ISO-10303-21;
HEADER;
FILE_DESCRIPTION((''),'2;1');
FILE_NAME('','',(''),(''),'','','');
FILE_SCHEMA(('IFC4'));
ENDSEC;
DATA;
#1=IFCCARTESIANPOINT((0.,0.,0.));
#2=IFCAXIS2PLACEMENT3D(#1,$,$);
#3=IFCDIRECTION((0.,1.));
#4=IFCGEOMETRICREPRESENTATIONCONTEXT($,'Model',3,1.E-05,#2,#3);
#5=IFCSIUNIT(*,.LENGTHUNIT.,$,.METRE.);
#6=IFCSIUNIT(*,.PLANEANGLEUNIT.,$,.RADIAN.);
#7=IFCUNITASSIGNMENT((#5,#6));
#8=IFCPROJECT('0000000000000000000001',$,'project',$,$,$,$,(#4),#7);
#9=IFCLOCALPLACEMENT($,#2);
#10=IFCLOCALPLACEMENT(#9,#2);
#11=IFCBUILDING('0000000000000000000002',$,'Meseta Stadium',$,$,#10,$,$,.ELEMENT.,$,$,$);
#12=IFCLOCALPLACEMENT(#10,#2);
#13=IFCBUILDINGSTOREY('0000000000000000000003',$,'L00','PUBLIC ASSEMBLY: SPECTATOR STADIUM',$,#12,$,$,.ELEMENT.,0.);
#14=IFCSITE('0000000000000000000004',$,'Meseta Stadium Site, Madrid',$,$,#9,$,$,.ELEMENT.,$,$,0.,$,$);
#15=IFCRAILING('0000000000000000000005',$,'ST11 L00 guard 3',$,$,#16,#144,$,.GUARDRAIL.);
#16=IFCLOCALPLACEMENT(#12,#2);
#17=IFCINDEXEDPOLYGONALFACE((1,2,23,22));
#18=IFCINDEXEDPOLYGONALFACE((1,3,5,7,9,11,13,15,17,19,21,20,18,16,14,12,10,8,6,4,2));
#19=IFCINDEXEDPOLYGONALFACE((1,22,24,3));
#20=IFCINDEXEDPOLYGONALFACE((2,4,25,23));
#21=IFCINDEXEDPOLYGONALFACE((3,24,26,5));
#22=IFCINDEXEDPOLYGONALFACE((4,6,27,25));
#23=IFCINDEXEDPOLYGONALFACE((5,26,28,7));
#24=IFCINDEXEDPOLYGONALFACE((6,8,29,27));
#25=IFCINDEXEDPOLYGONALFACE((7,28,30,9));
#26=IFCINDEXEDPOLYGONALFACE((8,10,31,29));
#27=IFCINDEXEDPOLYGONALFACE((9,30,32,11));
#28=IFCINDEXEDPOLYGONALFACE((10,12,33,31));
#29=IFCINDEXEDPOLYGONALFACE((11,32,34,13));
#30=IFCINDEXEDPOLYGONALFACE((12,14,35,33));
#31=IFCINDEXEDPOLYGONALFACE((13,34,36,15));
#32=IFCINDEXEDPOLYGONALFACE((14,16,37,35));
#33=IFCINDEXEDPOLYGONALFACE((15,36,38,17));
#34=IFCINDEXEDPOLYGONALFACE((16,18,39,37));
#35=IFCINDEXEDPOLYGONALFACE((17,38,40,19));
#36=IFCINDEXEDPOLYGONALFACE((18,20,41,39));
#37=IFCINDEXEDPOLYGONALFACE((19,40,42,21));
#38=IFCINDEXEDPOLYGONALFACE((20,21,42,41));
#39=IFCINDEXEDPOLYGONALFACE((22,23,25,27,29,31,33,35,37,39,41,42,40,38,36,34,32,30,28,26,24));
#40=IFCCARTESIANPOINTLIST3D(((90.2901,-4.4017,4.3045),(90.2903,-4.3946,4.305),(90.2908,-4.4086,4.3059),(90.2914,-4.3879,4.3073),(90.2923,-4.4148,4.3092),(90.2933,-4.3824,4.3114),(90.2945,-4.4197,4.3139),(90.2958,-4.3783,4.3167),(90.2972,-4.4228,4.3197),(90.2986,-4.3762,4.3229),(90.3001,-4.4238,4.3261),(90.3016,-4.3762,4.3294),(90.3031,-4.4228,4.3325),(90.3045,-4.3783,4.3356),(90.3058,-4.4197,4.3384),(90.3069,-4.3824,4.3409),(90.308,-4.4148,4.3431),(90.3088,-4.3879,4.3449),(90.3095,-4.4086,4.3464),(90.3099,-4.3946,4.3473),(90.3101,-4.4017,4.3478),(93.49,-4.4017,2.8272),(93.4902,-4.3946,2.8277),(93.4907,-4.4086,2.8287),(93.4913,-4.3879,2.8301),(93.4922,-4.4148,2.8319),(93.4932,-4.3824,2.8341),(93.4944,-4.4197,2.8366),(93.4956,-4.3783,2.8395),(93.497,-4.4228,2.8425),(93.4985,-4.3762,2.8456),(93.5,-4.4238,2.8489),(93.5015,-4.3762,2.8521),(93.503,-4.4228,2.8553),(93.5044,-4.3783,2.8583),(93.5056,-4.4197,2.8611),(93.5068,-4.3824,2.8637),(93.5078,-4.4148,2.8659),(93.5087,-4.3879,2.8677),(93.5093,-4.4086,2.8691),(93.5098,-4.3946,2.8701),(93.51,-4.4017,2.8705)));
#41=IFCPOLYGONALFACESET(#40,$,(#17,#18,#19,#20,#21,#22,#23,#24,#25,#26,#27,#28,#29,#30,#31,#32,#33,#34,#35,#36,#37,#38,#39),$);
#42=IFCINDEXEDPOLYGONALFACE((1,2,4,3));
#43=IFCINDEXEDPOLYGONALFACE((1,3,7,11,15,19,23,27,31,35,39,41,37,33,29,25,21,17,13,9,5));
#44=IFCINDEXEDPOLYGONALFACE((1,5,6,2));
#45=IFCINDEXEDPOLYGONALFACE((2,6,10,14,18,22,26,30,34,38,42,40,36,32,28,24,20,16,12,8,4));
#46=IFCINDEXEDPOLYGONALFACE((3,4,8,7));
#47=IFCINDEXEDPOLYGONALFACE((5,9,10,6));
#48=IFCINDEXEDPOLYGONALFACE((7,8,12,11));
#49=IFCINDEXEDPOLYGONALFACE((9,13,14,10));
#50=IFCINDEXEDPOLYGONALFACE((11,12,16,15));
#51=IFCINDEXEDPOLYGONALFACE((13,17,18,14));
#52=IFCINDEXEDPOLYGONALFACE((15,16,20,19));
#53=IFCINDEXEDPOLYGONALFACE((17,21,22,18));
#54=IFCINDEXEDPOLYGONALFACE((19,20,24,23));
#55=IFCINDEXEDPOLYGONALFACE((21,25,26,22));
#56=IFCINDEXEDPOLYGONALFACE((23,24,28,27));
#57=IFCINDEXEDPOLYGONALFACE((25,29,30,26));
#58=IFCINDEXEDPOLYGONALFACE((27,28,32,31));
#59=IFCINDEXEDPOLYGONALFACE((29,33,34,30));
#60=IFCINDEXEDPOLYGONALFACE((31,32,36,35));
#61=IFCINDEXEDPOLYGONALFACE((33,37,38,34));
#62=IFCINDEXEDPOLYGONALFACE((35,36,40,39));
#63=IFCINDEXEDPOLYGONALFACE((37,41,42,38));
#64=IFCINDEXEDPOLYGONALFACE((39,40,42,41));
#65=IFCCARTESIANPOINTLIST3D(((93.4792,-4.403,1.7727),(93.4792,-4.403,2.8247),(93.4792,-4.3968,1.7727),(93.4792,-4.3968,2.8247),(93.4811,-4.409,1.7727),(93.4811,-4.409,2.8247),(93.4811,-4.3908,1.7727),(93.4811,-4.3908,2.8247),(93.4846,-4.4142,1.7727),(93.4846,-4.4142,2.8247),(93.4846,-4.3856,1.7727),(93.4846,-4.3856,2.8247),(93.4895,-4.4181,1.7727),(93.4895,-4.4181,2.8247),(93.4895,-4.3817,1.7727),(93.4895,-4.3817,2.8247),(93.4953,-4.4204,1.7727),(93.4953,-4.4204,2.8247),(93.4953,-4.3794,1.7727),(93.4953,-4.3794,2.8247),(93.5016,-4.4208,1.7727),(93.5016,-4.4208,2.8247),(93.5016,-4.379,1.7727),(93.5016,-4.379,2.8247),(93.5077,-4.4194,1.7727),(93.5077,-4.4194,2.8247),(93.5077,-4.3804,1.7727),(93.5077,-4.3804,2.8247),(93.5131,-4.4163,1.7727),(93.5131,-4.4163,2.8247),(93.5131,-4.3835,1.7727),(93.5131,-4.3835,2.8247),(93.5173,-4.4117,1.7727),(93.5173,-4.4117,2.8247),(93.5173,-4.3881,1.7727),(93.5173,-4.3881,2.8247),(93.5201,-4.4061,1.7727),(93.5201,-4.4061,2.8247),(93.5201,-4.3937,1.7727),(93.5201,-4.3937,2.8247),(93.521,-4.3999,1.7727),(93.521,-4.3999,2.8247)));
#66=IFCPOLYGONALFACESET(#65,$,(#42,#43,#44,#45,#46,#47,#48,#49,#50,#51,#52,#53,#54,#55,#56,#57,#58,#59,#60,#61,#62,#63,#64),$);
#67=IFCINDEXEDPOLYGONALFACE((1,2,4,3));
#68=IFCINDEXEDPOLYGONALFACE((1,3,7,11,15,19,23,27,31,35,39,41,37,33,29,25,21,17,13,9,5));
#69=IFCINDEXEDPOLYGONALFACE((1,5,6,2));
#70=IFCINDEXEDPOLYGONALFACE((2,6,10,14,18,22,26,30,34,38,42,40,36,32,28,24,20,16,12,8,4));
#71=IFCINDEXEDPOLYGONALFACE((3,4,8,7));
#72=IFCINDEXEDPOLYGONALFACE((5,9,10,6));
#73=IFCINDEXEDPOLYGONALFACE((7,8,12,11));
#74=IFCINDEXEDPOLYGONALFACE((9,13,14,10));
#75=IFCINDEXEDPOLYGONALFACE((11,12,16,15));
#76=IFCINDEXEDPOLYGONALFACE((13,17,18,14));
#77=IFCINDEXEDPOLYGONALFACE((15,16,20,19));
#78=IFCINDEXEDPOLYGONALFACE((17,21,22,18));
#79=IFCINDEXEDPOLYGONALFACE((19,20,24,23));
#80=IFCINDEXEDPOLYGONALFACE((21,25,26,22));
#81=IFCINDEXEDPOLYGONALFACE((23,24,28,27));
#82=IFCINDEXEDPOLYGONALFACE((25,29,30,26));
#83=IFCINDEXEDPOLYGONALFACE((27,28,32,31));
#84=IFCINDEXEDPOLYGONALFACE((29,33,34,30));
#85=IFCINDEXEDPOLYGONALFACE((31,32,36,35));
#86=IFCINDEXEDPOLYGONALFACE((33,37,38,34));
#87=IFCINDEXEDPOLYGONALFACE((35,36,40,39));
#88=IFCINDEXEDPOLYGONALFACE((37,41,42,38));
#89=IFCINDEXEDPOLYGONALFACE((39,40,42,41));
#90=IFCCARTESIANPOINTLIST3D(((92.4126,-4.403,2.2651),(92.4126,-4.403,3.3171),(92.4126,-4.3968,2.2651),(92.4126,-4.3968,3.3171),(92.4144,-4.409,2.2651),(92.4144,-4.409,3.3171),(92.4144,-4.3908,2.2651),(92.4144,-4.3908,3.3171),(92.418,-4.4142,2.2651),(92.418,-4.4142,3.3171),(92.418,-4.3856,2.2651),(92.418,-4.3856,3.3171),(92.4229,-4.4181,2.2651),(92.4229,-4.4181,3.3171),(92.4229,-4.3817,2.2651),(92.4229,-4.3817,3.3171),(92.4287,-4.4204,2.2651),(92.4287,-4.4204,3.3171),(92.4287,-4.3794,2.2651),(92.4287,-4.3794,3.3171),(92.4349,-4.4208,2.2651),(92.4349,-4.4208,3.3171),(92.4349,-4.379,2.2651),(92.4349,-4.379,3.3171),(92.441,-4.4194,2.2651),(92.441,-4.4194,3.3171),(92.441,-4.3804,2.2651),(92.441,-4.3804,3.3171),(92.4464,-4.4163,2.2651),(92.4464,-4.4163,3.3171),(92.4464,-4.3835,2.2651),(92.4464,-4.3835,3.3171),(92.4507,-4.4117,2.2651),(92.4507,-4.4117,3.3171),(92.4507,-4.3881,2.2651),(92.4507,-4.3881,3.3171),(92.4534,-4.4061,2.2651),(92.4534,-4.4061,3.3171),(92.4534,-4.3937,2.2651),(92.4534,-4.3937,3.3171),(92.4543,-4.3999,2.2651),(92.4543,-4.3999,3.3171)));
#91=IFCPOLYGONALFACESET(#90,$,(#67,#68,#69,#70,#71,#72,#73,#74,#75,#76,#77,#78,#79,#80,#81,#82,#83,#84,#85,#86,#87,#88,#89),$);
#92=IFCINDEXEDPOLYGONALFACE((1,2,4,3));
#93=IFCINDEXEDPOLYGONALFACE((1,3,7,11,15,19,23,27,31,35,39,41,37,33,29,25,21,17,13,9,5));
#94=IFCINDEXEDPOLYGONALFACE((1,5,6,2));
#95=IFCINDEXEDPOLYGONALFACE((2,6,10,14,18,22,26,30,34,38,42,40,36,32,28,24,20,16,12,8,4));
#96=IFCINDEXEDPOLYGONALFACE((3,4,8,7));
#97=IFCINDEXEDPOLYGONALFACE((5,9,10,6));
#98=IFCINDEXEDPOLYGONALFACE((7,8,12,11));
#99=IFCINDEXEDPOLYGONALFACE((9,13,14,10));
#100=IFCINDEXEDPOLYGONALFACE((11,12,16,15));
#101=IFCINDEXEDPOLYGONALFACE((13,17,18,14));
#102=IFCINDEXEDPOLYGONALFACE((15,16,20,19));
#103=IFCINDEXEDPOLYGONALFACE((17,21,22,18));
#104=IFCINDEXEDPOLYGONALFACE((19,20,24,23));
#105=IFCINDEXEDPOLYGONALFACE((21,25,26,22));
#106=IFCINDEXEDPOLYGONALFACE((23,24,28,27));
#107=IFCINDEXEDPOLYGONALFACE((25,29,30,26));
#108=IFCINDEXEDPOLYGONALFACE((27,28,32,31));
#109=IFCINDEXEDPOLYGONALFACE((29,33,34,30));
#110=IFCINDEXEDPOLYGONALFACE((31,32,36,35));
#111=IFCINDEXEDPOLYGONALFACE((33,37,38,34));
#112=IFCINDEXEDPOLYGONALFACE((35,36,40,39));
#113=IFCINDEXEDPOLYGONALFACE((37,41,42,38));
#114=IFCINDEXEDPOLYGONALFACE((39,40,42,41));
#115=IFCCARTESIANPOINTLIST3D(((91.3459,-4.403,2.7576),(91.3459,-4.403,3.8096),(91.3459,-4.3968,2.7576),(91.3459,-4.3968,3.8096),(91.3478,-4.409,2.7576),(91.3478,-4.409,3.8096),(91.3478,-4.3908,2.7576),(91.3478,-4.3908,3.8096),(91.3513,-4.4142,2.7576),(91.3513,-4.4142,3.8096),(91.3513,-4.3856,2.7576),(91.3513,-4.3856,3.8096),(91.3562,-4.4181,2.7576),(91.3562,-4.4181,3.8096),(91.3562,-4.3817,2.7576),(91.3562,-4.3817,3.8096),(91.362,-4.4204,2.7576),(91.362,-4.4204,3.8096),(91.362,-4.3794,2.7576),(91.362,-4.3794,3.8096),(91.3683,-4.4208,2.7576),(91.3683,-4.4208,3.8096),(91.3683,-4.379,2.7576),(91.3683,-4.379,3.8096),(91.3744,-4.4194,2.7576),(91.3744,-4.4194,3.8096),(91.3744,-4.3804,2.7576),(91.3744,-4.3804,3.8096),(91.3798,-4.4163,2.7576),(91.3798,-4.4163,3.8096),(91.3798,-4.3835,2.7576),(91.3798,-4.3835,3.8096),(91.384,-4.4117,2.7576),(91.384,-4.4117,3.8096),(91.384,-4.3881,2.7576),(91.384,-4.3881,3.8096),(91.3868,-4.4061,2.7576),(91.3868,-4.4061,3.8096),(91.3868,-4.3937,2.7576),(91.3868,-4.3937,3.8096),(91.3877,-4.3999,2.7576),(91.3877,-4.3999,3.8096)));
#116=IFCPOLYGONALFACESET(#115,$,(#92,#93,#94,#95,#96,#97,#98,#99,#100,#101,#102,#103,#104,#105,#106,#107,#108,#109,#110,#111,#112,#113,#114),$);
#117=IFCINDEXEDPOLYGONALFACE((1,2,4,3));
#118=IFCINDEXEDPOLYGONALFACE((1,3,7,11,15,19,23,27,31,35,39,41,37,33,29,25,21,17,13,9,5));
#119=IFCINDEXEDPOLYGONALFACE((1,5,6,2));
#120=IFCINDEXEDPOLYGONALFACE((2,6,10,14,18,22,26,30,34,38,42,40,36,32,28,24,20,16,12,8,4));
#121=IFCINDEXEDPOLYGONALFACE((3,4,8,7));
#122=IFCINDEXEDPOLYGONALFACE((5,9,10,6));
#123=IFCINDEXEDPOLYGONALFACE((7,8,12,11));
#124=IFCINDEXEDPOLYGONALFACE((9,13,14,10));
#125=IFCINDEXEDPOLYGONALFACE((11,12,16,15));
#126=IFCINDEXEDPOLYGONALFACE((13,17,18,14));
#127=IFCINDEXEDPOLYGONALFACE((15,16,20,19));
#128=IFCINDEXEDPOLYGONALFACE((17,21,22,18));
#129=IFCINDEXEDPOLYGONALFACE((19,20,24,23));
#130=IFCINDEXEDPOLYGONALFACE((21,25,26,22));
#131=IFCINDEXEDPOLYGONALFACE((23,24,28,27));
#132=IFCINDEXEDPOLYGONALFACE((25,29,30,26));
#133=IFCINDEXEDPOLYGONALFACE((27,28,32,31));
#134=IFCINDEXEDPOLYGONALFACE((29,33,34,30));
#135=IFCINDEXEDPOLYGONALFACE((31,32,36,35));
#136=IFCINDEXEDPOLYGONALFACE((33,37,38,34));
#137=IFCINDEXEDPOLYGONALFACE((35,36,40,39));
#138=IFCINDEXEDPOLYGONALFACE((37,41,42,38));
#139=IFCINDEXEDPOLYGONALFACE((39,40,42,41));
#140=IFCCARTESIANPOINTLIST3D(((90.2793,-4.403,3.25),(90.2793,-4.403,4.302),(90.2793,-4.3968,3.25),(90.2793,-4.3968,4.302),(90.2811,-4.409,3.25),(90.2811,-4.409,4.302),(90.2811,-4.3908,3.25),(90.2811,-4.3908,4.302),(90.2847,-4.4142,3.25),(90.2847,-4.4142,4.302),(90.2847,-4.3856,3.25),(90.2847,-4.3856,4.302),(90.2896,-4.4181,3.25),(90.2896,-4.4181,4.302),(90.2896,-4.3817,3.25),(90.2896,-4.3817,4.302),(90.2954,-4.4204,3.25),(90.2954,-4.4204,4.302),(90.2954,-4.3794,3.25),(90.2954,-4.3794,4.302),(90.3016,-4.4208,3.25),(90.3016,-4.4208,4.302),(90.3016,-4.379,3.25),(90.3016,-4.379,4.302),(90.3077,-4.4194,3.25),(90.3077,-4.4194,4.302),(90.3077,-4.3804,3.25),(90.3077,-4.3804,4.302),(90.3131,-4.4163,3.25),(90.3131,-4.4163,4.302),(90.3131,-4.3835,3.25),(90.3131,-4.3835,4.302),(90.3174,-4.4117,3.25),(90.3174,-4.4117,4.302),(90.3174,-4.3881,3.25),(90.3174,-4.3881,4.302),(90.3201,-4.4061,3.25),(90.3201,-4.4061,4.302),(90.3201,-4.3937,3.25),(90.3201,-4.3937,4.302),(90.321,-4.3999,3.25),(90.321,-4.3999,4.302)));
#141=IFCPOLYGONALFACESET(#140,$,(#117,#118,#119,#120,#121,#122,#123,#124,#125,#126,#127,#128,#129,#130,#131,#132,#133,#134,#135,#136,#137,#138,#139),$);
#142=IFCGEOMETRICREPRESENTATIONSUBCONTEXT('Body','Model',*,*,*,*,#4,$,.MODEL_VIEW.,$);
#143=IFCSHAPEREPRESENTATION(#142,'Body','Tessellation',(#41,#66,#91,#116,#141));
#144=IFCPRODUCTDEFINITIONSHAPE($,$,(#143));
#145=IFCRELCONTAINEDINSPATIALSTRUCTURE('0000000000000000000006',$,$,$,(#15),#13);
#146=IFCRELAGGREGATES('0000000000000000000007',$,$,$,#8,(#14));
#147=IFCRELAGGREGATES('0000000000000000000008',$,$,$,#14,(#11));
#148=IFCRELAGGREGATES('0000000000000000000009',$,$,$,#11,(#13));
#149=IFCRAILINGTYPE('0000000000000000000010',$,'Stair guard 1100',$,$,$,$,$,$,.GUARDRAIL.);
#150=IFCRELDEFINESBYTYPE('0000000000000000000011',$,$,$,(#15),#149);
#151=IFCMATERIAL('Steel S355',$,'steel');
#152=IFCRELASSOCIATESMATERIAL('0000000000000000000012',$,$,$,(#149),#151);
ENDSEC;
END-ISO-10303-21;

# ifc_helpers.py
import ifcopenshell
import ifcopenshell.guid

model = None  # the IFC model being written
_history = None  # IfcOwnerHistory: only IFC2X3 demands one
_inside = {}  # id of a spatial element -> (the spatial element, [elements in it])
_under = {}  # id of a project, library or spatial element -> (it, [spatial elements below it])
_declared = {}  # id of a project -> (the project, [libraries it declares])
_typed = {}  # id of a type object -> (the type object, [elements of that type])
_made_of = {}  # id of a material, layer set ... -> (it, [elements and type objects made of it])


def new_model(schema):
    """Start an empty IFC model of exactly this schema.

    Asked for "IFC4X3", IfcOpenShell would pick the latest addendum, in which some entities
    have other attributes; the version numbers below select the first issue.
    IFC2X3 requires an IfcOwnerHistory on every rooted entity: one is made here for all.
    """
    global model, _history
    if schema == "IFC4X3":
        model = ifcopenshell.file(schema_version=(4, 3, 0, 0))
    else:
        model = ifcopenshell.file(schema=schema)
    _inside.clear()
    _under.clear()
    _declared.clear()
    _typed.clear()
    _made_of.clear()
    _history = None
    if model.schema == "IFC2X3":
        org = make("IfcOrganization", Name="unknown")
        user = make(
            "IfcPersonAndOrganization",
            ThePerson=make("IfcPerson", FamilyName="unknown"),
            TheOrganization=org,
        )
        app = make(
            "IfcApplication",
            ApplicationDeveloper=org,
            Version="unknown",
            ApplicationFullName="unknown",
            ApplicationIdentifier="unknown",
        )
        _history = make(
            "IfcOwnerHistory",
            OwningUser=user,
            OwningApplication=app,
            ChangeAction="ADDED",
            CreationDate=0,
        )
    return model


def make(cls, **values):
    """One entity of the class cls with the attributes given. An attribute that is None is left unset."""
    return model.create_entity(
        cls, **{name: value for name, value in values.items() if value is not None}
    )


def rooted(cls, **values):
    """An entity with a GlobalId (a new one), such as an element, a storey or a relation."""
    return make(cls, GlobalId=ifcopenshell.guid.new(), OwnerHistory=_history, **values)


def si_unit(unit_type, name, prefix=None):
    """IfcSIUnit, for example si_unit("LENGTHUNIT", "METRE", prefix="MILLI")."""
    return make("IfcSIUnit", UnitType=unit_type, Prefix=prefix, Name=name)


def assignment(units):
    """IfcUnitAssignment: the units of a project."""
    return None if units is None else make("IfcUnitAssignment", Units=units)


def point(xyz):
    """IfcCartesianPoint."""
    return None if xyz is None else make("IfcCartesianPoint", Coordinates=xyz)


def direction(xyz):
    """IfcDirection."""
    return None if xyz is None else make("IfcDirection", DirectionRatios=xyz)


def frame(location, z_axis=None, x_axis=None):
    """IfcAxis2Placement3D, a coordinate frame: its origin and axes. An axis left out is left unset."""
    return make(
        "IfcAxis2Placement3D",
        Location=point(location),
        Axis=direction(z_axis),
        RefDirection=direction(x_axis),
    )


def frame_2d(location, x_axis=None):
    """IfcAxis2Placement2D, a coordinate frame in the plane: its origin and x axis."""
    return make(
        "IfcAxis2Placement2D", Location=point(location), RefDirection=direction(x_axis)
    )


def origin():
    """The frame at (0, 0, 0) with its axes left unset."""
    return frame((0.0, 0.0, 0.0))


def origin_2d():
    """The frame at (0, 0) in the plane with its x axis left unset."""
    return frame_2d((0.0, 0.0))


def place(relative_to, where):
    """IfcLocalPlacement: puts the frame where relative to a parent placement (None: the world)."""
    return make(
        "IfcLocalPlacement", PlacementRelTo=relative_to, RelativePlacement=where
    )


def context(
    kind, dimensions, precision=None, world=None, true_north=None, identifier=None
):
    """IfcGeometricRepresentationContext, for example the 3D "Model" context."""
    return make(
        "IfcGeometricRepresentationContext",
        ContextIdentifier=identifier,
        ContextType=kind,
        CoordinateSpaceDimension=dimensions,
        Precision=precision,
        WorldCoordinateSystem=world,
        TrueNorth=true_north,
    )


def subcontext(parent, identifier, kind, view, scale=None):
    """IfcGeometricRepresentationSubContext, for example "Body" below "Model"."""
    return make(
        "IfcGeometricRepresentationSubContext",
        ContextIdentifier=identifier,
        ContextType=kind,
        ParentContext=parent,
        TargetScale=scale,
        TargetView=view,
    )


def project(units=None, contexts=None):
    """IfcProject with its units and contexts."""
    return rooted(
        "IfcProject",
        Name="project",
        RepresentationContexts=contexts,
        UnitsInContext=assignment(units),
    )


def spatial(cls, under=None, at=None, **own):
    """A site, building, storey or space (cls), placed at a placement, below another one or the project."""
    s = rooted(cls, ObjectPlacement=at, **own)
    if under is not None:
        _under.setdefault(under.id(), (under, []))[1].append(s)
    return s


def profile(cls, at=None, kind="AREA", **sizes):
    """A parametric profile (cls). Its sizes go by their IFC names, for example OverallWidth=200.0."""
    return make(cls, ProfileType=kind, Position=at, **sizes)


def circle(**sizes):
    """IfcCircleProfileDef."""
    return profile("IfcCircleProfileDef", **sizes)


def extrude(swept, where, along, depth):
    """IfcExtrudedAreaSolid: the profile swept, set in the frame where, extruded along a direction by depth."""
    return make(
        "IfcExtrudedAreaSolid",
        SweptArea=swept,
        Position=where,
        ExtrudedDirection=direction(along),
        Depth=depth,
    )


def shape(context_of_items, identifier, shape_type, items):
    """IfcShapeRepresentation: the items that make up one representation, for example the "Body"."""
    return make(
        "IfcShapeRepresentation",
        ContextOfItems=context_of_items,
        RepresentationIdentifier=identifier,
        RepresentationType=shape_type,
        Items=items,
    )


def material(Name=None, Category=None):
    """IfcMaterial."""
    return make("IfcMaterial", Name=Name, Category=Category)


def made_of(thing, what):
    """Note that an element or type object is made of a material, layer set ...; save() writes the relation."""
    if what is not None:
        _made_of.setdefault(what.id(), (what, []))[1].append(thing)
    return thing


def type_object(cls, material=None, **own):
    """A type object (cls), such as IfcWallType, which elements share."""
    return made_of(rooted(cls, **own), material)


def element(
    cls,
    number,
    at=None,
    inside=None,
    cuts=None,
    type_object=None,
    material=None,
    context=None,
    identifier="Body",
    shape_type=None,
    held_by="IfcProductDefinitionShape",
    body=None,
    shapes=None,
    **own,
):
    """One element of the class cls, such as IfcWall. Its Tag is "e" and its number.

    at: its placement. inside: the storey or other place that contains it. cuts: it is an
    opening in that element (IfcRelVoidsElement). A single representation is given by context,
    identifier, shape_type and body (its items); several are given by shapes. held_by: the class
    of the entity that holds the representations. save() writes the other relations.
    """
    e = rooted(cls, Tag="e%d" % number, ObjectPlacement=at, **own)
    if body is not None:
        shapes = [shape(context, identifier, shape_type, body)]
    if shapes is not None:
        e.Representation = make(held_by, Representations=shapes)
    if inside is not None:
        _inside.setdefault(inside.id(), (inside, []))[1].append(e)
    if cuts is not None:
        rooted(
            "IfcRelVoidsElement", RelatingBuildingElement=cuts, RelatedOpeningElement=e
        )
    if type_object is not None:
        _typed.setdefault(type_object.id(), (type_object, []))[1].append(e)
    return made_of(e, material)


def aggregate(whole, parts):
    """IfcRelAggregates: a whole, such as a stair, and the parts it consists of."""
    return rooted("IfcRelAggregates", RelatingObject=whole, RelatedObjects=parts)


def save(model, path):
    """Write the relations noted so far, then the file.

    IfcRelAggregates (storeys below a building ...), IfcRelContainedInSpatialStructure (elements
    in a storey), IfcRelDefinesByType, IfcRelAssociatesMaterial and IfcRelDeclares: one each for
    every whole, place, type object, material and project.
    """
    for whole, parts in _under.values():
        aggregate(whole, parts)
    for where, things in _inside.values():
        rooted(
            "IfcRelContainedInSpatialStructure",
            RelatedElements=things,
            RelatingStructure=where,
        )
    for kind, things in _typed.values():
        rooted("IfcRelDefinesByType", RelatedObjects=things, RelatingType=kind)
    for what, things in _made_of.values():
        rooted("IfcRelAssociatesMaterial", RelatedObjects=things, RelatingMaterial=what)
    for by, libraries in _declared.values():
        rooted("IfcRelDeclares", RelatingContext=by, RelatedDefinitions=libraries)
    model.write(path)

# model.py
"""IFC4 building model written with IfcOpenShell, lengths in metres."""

from ifc_helpers import new_model, si_unit, direction, frame, origin, origin_2d, place, context, subcontext, project, spatial, circle, extrude, material, type_object, element, save


model = new_model("IFC4")

# Units and contexts
model_context = context("Model", 3, precision=1e-05, world=origin(), true_north=direction((0.0, 1.0)))
body_context = subcontext(model_context, "Body", "Model", "MODEL_VIEW")
ifc_project = project(units=[si_unit("LENGTHUNIT", "METRE"), si_unit("PLANEANGLEUNIT", "RADIAN")], contexts=[model_context])

# Site, building, storey
site_placement = place(None, origin())
site = spatial("IfcSite", under=ifc_project, at=site_placement, Name="Meseta Stadium Site, Madrid", CompositionType="ELEMENT", RefElevation=0.0)
building_placement = place(site_placement, origin())
building = spatial("IfcBuilding", under=site, at=building_placement, Name="Meseta Stadium", CompositionType="ELEMENT")
storey_placement = place(building_placement, origin())
storey = spatial("IfcBuildingStorey", under=building, at=storey_placement, Name="L00", Description="PUBLIC ASSEMBLY: SPECTATOR STADIUM", CompositionType="ELEMENT", Elevation=0.0)

# Railing
ifc_material_1 = material(Name="Steel S355", Category="steel")
railing_type_1 = type_object("IfcRailingType", Name="Stair guard 1100", PredefinedType="GUARDRAIL", material=ifc_material_1)
railing_1_placement = place(storey_placement, frame((93.5, -4.3999, 1.7727)))
element("IfcRailing", 1, at=railing_1_placement, inside=storey, type_object=railing_type_1, Name="ST11 L00 guard 3", PredefinedType="GUARDRAIL", context=body_context, shape_type="SweptSolid", body=[
    extrude(circle(Radius=0.0239, at=origin_2d()), frame((0.0, 0.0, 1.0762), z_axis=(-0.907917, 0.0, 0.41915), x_axis=(0.0, -1.0, 0.0)), (0.0, 0.0, 1.0), 3.5244),
    extrude(circle(Radius=0.021, at=origin_2d()), origin(), (0.0, 0.0, 1.0), 1.052),
    extrude(circle(Radius=0.021, at=origin_2d()), frame((-1.0667, 0.0, 0.4924)), (0.0, 0.0, 1.0), 1.052),
    extrude(circle(Radius=0.021, at=origin_2d()), frame((-2.1333, 0.0, 0.9849)), (0.0, 0.0, 1.0), 1.052),
    extrude(circle(Radius=0.021, at=origin_2d()), frame((-3.2, 0.0, 1.4773)), (0.0, 0.0, 1.0), 1.052),
])

save(model, "model.ifc")
